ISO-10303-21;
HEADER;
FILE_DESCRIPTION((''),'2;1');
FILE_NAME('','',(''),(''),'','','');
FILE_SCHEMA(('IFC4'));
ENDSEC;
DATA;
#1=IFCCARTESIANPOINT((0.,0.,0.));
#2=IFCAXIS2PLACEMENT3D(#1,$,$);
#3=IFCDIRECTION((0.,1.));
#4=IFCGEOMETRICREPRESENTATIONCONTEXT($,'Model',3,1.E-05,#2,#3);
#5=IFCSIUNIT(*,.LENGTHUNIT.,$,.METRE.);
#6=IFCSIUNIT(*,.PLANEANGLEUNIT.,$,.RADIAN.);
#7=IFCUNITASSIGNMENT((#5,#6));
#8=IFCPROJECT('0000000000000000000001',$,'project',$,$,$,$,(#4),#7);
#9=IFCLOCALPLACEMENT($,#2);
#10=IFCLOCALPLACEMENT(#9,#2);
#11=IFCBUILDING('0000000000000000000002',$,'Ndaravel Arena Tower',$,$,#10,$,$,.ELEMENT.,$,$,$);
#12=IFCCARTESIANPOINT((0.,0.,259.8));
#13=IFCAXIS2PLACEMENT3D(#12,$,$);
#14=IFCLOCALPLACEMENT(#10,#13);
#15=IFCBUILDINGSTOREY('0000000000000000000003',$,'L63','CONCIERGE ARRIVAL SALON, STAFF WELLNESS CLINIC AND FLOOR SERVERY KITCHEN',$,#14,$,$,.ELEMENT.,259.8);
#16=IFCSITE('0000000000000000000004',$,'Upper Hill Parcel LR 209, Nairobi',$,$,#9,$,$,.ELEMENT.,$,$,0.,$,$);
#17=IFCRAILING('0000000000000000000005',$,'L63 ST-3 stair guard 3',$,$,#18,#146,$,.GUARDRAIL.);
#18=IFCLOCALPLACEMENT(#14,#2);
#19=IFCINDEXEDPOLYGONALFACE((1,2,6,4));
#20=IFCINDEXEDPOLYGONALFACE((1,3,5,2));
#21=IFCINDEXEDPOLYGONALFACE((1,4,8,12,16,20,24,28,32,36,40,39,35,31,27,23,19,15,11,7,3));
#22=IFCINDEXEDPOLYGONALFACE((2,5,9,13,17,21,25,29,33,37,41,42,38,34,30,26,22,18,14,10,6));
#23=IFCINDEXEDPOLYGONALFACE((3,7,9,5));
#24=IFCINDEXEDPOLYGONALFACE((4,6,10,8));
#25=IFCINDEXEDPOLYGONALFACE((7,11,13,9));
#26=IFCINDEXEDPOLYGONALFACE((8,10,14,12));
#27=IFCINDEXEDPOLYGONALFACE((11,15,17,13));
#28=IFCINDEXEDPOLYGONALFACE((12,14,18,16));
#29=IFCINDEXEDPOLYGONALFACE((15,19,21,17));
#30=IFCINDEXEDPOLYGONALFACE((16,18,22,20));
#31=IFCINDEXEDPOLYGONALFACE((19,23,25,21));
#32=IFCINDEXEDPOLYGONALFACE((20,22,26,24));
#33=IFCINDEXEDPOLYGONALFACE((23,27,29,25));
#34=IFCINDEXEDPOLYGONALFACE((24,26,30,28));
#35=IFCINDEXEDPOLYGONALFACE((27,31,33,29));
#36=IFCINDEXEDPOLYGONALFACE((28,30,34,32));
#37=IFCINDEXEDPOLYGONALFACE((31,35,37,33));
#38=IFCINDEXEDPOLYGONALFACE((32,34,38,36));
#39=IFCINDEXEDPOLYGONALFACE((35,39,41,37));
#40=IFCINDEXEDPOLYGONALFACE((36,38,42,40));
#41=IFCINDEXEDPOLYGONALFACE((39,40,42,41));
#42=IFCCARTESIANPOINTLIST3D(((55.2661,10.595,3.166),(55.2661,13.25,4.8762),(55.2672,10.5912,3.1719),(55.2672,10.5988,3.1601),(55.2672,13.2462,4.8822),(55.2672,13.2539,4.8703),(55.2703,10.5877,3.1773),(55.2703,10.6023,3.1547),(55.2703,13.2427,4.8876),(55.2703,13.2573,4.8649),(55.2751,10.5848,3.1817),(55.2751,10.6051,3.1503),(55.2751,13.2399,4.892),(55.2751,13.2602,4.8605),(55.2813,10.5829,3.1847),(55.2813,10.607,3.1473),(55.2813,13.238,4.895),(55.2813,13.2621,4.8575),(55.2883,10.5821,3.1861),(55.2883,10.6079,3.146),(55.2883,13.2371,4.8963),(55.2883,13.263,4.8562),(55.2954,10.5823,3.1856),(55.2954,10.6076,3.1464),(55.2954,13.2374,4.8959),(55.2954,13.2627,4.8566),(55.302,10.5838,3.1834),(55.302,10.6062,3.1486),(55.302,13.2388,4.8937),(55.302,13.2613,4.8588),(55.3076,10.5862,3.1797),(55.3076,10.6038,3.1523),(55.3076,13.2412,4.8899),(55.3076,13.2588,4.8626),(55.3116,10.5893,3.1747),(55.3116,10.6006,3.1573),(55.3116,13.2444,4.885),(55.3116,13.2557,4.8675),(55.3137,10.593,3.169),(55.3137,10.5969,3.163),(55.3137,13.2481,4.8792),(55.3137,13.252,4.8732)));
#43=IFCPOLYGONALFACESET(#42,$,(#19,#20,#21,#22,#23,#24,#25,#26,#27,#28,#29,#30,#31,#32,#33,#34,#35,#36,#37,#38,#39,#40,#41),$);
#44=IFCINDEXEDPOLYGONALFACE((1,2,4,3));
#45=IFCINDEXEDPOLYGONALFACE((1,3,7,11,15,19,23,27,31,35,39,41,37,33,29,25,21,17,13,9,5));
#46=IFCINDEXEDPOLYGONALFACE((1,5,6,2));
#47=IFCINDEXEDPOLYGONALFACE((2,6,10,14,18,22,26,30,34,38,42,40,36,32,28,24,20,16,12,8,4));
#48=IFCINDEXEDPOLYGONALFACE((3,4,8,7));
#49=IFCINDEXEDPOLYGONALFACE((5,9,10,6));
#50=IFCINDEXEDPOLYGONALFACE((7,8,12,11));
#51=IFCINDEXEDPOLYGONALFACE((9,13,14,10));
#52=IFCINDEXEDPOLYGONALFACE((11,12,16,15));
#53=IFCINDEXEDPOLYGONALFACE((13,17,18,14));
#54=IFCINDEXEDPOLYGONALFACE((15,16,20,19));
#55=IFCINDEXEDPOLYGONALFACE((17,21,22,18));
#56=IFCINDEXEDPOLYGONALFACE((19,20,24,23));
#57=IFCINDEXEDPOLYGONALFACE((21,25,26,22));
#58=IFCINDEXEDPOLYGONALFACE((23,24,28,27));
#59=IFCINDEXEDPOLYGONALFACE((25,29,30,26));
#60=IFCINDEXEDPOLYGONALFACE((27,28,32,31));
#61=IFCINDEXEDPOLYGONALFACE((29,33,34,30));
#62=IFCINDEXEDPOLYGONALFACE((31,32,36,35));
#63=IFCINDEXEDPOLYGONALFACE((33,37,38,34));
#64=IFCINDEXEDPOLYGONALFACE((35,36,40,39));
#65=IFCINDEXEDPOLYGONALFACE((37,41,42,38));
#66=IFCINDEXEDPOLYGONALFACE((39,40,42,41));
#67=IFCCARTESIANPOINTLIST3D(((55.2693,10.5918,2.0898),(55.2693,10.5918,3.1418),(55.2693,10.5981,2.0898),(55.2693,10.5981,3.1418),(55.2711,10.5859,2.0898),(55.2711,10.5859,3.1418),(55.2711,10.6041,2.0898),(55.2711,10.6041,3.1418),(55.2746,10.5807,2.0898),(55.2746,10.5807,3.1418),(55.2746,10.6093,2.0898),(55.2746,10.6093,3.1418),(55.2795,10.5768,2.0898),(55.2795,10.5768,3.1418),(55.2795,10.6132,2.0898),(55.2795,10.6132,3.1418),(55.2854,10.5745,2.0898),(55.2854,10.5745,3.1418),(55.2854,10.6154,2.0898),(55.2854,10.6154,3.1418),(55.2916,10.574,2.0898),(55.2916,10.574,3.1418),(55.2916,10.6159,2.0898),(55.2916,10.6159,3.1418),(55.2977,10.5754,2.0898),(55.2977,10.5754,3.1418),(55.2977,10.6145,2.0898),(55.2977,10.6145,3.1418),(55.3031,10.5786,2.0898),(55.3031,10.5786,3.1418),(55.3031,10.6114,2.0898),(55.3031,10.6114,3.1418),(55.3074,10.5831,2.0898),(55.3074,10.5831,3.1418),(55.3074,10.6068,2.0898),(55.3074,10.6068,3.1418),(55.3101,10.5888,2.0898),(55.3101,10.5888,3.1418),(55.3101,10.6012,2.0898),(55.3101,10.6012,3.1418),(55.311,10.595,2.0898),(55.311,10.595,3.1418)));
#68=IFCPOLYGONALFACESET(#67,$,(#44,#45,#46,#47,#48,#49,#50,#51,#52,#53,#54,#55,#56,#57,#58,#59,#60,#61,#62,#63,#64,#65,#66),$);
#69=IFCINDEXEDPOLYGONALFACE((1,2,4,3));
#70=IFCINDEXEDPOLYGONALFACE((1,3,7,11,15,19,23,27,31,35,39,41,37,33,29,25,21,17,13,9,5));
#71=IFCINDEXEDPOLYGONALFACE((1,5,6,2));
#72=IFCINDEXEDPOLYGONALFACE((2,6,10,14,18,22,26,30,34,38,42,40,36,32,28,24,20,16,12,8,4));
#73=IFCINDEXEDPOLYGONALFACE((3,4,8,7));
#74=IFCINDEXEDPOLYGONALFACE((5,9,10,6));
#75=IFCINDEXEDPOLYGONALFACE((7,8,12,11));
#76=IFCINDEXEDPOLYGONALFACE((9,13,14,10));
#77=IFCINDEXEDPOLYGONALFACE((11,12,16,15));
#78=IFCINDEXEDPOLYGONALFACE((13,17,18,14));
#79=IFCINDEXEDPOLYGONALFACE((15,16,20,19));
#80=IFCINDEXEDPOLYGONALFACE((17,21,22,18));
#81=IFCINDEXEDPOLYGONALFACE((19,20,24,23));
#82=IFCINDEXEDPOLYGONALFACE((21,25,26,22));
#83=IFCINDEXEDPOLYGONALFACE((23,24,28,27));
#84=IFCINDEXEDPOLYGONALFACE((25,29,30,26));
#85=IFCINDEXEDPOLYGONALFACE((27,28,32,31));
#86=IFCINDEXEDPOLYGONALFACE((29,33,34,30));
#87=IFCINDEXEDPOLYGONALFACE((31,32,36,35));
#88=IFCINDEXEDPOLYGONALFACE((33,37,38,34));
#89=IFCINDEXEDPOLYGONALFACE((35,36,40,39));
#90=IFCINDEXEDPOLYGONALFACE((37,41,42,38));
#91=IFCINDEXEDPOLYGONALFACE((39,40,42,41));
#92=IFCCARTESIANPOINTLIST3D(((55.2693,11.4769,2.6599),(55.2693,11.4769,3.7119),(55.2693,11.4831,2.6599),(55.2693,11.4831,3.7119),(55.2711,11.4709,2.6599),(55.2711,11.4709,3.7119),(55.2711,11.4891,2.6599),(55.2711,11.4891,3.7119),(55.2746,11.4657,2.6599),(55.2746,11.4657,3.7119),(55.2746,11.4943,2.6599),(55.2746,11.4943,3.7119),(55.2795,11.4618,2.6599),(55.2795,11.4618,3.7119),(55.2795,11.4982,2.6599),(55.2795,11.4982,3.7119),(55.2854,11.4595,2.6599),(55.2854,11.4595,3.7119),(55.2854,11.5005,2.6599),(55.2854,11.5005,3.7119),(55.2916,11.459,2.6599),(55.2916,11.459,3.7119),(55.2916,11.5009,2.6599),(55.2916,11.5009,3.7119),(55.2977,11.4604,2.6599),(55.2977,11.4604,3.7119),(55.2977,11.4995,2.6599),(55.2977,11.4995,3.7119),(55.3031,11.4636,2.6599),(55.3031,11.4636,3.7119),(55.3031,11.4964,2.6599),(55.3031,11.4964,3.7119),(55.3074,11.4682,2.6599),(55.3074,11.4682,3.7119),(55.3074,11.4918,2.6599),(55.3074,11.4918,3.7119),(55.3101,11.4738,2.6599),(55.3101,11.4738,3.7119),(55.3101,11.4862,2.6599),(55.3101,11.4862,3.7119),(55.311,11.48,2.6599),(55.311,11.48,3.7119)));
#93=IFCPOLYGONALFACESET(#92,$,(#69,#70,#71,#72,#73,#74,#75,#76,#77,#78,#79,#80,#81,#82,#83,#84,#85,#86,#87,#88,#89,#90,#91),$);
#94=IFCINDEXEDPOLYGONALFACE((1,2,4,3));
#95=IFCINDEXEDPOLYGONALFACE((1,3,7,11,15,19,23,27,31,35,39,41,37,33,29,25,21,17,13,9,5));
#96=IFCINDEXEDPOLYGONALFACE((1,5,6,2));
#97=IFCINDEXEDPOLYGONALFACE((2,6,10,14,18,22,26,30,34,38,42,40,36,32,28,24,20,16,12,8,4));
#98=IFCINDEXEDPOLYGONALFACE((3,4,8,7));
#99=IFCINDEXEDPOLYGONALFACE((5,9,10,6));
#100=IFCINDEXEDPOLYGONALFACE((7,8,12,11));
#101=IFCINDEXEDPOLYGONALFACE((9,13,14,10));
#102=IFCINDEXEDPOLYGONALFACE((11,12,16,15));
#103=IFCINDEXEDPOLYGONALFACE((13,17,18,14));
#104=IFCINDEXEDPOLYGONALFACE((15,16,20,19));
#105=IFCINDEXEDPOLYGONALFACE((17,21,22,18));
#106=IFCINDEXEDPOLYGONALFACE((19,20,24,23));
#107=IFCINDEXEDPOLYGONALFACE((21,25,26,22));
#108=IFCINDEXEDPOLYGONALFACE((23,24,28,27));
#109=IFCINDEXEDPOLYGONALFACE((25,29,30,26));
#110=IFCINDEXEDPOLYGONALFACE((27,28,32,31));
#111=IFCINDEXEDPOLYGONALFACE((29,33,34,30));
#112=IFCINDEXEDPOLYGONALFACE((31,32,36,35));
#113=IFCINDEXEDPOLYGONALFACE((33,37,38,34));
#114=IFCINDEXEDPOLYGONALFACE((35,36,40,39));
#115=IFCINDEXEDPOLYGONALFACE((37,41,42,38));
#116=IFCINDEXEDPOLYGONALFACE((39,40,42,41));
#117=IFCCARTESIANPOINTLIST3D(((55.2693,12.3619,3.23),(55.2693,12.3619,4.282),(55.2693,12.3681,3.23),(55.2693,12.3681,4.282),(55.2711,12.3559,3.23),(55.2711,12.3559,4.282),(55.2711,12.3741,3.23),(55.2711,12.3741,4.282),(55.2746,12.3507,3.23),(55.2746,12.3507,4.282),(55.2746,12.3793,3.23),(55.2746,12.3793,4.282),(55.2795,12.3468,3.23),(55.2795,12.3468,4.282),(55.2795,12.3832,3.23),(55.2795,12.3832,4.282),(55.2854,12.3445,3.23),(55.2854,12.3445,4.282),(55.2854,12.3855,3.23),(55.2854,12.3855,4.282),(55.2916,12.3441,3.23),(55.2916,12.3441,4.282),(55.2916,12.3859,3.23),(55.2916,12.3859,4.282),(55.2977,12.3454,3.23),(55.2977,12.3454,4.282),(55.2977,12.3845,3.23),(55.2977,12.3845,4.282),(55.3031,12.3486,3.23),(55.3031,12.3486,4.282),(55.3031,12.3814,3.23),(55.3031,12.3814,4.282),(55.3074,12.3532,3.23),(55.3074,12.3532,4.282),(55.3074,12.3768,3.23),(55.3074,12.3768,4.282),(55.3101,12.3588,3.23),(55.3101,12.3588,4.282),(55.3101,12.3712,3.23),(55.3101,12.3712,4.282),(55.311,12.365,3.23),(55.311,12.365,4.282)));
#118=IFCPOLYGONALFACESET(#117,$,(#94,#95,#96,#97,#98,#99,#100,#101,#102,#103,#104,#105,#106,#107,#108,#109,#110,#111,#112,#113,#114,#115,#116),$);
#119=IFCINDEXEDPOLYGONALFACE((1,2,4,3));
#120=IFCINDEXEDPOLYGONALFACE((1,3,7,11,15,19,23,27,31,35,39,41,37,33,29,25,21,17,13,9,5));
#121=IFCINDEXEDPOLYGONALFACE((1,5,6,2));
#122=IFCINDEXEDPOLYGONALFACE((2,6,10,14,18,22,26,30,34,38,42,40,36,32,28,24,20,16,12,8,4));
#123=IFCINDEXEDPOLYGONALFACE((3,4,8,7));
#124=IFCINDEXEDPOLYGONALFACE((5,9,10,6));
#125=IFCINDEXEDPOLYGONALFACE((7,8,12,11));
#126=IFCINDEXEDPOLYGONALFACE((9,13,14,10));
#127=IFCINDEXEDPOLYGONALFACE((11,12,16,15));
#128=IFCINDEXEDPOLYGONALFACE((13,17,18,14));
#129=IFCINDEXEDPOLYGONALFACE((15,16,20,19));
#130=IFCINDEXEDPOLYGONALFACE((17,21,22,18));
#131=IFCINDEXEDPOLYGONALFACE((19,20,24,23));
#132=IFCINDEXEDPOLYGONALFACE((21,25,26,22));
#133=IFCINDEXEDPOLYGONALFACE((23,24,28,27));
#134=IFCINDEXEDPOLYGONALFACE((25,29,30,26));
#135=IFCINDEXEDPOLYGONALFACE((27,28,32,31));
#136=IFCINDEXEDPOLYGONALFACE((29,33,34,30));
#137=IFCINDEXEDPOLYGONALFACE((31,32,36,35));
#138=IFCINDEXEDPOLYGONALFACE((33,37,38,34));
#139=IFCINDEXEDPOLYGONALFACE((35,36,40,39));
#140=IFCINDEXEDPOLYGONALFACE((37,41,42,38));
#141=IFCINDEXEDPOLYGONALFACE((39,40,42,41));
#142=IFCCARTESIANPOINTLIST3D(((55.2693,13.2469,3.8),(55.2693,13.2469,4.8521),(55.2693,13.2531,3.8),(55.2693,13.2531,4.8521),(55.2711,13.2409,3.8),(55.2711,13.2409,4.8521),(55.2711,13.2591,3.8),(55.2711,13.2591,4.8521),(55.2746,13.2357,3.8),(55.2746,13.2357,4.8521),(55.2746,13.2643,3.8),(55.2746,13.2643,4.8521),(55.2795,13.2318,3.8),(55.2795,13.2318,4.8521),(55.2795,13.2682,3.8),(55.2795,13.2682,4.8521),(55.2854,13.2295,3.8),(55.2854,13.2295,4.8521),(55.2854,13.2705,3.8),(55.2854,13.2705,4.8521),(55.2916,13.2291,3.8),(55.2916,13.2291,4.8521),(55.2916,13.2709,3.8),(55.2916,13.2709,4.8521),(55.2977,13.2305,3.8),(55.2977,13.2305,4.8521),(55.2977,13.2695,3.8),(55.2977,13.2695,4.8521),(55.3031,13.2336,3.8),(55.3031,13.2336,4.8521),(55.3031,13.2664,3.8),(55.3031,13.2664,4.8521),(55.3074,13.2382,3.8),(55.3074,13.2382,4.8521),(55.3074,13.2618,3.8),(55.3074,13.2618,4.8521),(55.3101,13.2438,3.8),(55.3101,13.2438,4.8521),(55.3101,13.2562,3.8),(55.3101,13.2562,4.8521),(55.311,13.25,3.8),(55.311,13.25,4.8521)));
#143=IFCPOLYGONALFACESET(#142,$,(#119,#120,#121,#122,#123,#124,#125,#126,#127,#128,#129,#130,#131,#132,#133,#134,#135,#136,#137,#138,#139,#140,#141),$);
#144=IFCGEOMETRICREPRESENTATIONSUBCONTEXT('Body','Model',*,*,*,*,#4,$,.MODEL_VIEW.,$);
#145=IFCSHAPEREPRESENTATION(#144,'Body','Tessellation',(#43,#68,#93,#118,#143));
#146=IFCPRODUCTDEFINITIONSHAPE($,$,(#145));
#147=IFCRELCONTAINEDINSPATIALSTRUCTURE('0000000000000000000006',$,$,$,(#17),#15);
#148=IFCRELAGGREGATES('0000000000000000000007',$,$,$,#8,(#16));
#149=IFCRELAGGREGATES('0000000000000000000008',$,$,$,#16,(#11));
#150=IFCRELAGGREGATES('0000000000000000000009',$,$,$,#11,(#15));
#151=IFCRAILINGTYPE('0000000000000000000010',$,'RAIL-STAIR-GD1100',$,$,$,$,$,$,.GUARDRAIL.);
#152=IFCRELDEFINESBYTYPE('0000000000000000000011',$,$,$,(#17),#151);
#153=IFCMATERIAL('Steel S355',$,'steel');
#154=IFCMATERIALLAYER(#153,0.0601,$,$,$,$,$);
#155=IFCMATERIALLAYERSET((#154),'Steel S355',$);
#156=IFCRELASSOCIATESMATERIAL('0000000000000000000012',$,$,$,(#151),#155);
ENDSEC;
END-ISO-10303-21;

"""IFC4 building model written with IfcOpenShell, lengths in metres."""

from ifc_helpers import new_model, si_unit, direction, frame, origin, origin_2d, place, context, subcontext, project, spatial, circle, extrude, material, layer, layer_set, type_object, element, save


model = new_model("IFC4")

# Units and contexts
model_context = context("Model", 3, precision=1e-05, world=origin(), true_north=direction((0.0, 1.0)))
body_context = subcontext(model_context, "Body", "Model", "MODEL_VIEW")
ifc_project = project(units=[si_unit("LENGTHUNIT", "METRE"), si_unit("PLANEANGLEUNIT", "RADIAN")], contexts=[model_context])

# Site, building, storey
site_placement = place(None, origin())
site = spatial("IfcSite", under=ifc_project, at=site_placement, Name="Upper Hill Parcel LR 209, Nairobi", CompositionType="ELEMENT", RefElevation=0.0)
building_placement = place(site_placement, origin())
building = spatial("IfcBuilding", under=site, at=building_placement, Name="Ndaravel Arena Tower", CompositionType="ELEMENT")
storey_placement = place(building_placement, frame((0.0, 0.0, 259.8)))
storey = spatial("IfcBuildingStorey", under=building, at=storey_placement, Name="L63", Description="CONCIERGE ARRIVAL SALON, STAFF WELLNESS CLINIC AND FLOOR SERVERY KITCHEN", CompositionType="ELEMENT", Elevation=259.8)

# Railing
ifc_material_1 = material(Name="Steel S355", Category="steel")
ifc_layer_1 = layer(ifc_material_1, 0.0601)
ifc_layer_set_1 = layer_set([ifc_layer_1], Name="Steel S355")
railing_type_1 = type_object("IfcRailingType", Name="RAIL-STAIR-GD1100", PredefinedType="GUARDRAIL", material=ifc_layer_set_1)
railing_1_placement = place(storey_placement, frame((55.29, 10.595, 2.0898)))
element("IfcRailing", 1, at=railing_1_placement, inside=storey, type_object=railing_type_1, Name="L63 ST-3 stair guard 3", PredefinedType="GUARDRAIL", context=body_context, shape_type="SweptSolid", body=[
    extrude(circle(Radius=0.0239, at=origin_2d()), frame((0.0, 0.0, 1.0762), z_axis=(0.0, 0.840688, 0.541519), x_axis=(-1.0, 0.0, 0.0)), (0.0, 0.0, 1.0), 3.1582),
    extrude(circle(Radius=0.021, at=origin_2d()), origin(), (0.0, 0.0, 1.0), 1.052),
    extrude(circle(Radius=0.021, at=origin_2d()), frame((0.0, 0.885, 0.5701)), (0.0, 0.0, 1.0), 1.052),
    extrude(circle(Radius=0.021, at=origin_2d()), frame((0.0, 1.77, 1.1401)), (0.0, 0.0, 1.0), 1.052),
    extrude(circle(Radius=0.021, at=origin_2d()), frame((0.0, 2.655, 1.7102)), (0.0, 0.0, 1.0), 1.052),
])

save(model, "model.ifc")
